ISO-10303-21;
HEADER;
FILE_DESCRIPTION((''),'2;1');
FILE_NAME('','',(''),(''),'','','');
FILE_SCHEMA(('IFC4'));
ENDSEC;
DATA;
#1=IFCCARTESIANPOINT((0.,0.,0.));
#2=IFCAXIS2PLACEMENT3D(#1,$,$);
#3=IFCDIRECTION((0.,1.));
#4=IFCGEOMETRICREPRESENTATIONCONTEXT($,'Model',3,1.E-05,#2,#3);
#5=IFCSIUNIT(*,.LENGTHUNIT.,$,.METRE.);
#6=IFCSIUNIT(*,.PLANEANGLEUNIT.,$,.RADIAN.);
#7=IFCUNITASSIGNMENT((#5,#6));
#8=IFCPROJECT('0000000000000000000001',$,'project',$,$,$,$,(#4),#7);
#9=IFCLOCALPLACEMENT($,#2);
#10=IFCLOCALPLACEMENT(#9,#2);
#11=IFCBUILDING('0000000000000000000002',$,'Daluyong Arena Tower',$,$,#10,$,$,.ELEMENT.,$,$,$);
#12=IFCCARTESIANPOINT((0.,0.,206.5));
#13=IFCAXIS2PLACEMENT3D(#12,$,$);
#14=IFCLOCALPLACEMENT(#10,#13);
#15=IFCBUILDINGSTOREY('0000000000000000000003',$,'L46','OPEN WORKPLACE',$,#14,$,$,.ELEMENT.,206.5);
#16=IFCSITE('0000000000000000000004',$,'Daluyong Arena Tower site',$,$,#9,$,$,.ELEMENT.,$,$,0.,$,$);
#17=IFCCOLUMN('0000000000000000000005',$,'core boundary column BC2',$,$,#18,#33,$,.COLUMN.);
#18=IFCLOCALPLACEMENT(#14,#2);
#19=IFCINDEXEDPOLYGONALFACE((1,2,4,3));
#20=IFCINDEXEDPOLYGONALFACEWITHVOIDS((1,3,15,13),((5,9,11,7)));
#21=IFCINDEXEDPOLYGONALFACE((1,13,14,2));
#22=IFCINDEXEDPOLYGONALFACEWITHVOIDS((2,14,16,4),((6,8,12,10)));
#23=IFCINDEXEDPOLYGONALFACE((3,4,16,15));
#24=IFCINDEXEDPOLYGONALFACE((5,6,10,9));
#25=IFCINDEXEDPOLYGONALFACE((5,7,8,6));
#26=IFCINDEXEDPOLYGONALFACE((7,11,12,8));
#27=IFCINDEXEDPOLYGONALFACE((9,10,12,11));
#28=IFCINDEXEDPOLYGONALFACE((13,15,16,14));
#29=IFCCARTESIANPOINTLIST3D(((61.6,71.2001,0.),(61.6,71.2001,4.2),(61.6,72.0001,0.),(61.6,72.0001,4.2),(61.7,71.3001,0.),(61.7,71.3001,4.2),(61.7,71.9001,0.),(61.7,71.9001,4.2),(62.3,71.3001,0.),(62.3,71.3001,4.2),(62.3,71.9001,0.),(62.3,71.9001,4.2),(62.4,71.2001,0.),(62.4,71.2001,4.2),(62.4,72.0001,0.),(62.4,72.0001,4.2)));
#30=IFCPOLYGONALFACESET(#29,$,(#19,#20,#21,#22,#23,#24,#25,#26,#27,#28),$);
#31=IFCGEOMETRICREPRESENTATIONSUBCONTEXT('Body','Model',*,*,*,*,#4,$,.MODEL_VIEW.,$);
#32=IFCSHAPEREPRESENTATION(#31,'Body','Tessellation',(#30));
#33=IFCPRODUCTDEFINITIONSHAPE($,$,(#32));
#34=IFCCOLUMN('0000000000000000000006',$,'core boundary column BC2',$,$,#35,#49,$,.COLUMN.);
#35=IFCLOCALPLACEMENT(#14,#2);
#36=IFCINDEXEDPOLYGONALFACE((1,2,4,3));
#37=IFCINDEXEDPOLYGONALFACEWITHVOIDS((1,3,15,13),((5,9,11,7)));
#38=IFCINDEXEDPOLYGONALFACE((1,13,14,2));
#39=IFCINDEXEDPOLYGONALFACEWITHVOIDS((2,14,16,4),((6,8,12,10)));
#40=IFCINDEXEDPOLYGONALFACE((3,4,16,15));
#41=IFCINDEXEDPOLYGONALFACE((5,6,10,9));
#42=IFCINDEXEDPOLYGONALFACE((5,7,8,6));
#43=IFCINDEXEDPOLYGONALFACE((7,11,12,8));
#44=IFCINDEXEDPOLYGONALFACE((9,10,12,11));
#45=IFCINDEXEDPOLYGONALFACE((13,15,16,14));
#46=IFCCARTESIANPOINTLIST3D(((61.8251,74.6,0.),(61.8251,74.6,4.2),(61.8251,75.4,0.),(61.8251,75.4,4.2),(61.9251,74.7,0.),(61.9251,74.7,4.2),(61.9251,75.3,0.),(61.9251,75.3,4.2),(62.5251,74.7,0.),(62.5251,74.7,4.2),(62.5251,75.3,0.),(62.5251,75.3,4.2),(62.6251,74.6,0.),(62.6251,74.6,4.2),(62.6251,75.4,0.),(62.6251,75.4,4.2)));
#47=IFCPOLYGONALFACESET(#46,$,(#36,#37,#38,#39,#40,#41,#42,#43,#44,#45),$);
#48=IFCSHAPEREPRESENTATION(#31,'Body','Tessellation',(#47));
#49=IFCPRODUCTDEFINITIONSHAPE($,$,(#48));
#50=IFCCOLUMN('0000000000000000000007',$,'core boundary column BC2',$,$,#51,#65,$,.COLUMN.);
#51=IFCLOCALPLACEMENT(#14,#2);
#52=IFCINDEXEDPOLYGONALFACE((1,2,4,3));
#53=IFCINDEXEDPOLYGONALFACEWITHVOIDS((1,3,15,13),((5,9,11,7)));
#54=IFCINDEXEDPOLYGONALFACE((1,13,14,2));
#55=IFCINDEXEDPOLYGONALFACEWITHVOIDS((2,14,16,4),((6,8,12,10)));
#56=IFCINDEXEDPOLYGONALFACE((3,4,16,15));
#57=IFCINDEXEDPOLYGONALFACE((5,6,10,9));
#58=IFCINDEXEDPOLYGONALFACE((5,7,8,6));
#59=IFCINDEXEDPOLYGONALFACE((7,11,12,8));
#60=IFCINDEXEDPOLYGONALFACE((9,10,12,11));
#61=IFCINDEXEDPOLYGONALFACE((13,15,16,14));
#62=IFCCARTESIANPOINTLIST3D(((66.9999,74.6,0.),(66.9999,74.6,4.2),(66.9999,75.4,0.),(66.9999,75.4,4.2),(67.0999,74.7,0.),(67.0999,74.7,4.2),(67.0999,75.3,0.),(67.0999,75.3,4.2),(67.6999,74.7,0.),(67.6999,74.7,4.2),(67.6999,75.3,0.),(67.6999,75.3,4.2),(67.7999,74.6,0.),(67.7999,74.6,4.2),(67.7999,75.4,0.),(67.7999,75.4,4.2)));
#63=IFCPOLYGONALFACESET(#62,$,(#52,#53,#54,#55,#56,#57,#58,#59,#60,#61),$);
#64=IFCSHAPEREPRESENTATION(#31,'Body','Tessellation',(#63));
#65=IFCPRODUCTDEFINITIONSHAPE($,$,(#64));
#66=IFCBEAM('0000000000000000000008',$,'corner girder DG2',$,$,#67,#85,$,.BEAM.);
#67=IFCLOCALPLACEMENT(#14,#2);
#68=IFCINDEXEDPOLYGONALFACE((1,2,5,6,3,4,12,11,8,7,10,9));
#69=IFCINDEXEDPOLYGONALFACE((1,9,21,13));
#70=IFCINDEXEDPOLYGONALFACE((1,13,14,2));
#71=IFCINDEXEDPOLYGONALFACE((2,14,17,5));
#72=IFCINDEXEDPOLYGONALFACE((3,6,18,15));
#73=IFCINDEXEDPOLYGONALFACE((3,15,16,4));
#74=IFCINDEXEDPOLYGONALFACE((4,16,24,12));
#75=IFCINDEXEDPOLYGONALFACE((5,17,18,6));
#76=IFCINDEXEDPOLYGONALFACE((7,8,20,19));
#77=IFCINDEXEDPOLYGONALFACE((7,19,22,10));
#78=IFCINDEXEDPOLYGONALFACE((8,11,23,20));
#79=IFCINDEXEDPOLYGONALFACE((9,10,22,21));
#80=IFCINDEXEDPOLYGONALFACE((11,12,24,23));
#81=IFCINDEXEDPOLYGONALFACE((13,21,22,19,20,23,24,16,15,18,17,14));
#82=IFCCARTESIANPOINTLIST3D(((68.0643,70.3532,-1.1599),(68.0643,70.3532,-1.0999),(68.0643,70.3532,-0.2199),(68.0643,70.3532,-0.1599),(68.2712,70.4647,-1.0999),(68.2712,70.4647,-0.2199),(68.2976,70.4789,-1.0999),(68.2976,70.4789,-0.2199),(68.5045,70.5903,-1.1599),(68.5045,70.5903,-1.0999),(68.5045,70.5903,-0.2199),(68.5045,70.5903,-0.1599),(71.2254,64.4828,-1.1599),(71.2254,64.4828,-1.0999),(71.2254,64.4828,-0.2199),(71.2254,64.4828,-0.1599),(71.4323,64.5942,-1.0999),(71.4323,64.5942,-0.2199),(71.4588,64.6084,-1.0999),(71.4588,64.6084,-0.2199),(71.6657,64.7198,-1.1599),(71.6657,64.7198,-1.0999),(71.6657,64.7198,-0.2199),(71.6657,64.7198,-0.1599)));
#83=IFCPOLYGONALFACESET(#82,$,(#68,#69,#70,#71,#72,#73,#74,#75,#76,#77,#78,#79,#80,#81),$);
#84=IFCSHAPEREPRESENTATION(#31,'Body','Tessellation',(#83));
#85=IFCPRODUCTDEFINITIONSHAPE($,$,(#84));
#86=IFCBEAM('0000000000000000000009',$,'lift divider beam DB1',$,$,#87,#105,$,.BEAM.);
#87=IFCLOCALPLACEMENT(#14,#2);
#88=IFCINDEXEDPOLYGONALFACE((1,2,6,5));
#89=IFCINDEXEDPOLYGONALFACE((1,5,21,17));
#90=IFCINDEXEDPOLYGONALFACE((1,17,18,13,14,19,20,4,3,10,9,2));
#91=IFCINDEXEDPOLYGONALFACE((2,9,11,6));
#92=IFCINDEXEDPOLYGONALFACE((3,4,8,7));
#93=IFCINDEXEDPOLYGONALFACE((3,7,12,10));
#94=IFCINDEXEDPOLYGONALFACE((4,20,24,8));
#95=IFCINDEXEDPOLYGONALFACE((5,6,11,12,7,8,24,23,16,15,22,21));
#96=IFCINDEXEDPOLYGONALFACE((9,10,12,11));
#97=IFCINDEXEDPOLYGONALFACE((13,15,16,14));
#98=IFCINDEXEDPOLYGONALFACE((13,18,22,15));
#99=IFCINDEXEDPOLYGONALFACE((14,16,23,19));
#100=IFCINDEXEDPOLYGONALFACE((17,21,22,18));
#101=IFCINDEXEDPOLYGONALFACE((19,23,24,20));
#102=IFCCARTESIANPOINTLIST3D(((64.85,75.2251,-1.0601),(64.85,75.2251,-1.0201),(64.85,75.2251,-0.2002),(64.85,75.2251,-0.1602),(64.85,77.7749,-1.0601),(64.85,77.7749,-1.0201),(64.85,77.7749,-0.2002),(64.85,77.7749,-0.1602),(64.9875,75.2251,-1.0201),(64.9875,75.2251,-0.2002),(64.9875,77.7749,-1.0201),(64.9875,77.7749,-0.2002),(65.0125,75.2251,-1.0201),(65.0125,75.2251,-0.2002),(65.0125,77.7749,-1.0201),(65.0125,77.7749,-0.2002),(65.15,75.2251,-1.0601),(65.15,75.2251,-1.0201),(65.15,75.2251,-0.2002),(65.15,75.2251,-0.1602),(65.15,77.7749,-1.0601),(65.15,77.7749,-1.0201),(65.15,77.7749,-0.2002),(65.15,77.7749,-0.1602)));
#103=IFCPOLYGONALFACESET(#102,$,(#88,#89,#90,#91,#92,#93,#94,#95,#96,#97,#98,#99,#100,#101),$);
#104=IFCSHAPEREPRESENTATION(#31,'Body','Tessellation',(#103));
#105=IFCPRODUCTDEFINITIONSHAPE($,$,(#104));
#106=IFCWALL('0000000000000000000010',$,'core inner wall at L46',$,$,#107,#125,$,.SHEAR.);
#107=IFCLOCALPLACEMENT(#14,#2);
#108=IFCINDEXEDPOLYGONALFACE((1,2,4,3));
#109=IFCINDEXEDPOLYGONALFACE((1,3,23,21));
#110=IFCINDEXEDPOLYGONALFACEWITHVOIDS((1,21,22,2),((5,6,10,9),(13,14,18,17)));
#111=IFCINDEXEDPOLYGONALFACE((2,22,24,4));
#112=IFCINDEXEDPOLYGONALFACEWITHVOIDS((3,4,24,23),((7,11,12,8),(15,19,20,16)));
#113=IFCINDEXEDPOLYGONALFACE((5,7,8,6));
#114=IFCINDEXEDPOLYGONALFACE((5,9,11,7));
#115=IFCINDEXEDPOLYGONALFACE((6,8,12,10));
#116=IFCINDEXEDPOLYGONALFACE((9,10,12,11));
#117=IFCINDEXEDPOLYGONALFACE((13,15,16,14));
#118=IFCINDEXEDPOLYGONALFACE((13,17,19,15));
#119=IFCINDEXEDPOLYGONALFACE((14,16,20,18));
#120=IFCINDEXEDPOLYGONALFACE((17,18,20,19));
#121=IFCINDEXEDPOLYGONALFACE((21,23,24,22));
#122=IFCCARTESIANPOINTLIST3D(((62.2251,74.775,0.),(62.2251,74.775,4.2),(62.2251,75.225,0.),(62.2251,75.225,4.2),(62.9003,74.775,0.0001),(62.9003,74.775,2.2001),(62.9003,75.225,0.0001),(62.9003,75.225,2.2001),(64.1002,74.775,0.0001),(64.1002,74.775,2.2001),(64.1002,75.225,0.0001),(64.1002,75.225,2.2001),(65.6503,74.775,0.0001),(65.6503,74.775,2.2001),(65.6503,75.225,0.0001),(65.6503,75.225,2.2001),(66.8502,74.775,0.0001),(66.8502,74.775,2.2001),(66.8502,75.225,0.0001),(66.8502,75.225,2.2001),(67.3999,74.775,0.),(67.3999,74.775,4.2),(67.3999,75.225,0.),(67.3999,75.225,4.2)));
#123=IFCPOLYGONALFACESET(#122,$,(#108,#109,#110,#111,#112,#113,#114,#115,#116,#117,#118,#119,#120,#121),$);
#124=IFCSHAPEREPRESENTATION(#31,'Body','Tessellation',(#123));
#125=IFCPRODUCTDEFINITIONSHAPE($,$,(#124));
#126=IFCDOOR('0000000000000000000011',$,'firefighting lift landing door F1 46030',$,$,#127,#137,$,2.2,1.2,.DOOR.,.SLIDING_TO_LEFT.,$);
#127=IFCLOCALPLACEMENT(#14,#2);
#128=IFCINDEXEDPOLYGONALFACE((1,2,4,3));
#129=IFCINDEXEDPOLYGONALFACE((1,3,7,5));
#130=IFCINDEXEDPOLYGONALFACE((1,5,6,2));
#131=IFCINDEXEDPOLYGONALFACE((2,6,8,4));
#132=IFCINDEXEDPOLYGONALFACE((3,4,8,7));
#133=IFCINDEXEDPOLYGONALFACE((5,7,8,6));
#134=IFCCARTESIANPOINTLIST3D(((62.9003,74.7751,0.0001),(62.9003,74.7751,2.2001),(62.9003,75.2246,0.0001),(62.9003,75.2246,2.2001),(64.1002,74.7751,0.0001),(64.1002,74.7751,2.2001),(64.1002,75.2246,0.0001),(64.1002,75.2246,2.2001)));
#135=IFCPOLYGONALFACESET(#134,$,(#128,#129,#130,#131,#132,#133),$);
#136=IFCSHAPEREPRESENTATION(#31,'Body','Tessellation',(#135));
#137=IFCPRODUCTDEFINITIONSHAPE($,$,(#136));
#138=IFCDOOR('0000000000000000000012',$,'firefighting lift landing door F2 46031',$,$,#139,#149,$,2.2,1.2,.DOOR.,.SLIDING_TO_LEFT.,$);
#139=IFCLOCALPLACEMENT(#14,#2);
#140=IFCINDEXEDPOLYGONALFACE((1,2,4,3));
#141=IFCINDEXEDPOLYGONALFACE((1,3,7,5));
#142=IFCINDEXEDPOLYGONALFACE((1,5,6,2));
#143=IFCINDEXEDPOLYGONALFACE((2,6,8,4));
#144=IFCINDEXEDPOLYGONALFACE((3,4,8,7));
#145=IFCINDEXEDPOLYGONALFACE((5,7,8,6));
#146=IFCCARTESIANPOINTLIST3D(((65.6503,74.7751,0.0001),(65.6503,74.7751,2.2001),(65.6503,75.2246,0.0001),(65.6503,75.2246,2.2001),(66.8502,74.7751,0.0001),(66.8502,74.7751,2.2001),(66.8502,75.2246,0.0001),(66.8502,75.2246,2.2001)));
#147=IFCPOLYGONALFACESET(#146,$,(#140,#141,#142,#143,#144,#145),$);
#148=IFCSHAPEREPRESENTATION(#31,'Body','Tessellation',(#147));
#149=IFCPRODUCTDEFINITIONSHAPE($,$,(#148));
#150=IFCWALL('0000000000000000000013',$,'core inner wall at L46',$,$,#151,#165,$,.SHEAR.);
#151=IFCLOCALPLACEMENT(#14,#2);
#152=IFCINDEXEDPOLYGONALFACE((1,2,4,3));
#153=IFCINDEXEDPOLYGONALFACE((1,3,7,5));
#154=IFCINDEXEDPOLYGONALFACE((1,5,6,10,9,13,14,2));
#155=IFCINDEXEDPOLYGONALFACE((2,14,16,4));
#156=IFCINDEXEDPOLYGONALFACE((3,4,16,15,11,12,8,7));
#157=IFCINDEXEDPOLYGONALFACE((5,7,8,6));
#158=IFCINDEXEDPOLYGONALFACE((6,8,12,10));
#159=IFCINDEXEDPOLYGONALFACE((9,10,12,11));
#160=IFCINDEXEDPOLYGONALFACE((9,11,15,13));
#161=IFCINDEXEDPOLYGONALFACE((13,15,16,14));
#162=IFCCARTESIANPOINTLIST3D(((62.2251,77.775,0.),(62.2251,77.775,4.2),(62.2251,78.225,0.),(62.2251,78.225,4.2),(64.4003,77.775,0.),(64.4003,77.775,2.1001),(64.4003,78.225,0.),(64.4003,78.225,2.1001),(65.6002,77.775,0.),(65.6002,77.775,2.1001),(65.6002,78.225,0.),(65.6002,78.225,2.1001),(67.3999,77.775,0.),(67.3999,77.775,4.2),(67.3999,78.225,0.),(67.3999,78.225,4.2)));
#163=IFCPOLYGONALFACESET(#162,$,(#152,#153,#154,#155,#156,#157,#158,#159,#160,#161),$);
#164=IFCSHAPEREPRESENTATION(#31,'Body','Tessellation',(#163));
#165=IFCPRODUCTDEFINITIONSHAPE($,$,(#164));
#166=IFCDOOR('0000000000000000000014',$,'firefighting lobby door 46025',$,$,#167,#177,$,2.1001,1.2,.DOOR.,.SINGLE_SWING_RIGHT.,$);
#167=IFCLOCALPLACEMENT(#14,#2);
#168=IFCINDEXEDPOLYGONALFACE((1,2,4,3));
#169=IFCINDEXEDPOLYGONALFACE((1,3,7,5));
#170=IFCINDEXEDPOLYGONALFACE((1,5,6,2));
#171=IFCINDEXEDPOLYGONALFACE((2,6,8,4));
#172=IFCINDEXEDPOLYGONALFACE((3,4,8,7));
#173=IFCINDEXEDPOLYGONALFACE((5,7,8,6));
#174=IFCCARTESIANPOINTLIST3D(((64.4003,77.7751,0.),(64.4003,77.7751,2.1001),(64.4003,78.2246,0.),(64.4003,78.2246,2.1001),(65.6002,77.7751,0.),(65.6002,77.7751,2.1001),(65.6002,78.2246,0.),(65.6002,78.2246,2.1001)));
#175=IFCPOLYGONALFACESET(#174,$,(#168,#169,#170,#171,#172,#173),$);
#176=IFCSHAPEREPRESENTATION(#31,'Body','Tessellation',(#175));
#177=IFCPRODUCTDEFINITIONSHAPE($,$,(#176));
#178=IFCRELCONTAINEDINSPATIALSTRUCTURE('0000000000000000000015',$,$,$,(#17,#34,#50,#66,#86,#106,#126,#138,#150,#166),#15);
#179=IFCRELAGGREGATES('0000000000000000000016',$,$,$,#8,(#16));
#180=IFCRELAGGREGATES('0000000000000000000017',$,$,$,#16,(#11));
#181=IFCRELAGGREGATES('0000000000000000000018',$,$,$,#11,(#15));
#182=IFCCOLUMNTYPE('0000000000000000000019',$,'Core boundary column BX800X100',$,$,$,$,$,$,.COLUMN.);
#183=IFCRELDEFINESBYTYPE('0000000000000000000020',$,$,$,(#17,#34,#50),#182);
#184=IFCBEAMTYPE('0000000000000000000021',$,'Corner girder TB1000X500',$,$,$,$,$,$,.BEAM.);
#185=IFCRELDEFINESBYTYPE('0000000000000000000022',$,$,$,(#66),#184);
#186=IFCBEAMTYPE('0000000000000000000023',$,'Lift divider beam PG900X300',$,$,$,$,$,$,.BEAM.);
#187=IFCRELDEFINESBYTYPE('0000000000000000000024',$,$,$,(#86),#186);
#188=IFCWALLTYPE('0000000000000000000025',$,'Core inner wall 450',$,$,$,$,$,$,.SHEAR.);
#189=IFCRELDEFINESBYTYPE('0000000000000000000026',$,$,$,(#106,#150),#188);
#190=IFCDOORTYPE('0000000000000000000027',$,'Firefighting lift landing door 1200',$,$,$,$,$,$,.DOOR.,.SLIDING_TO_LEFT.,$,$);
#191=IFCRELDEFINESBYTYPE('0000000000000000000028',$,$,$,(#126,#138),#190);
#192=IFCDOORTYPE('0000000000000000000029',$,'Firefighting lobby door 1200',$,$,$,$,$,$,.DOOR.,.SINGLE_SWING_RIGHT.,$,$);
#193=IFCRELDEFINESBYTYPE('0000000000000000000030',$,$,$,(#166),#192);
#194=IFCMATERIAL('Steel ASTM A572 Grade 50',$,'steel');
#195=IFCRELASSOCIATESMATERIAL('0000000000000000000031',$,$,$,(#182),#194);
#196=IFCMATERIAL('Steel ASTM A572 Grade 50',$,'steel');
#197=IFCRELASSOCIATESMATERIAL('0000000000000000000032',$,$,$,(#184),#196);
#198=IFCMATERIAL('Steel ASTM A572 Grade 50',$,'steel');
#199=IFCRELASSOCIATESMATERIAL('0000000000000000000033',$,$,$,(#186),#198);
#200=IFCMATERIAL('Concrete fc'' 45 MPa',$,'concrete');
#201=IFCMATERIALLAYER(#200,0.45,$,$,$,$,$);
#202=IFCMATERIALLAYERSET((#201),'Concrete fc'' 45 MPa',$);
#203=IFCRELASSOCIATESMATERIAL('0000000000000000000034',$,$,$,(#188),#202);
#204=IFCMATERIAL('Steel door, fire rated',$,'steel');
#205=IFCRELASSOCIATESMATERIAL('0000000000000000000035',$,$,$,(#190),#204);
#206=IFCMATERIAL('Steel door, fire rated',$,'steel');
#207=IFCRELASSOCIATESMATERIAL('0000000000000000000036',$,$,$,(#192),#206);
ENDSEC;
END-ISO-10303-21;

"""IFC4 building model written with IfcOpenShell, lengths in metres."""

from ifc_helpers import new_model, si_unit, direction, frame, frame_2d, origin, origin_2d, place, context, subcontext, project, spatial, rectangle, hollow_rectangle, i_section, extrude, material, layer, layer_set, material_profile, profile_set, type_object, element, fill, save


model = new_model("IFC4")

# Units and contexts
model_context = context("Model", 3, precision=1e-05, world=origin(), true_north=direction((0.0, 1.0)))
body_context = subcontext(model_context, "Body", "Model", "MODEL_VIEW")
ifc_project = project(units=[si_unit("LENGTHUNIT", "METRE"), si_unit("PLANEANGLEUNIT", "RADIAN")], contexts=[model_context])

# Site, building, storey
site_placement = place(None, origin())
site = spatial("IfcSite", under=ifc_project, at=site_placement, Name="Daluyong Arena Tower site", CompositionType="ELEMENT", RefElevation=0.0)
building_placement = place(site_placement, origin())
building = spatial("IfcBuilding", under=site, at=building_placement, Name="Daluyong Arena Tower", CompositionType="ELEMENT")
storey_placement = place(building_placement, frame((0.0, 0.0, 206.5)))
storey = spatial("IfcBuildingStorey", under=building, at=storey_placement, Name="L46", Description="OPEN WORKPLACE", CompositionType="ELEMENT", Elevation=206.5)

# Columns
ifc_material_1 = material(Name="Steel ASTM A572 Grade 50", Category="steel")
ifc_material_profile_1 = material_profile(ifc_material_1, hollow_rectangle(XDim=0.8, YDim=0.8, WallThickness=0.1, at=origin_2d()))
ifc_profile_set_1 = profile_set([ifc_material_profile_1], Name="Steel ASTM A572 Grade 50")
column_type = type_object("IfcColumnType", Name="Core boundary column BX800X100", PredefinedType="COLUMN", material=ifc_profile_set_1)
for number, where, z_axis, x_axis, name in (
    (1, (62.0, 71.6001, 0.0), (0.0, 0.0, 1.0), (1.0, 0.0, 0.0), "core boundary column BC2"),
    (2, (62.2251, 75.0, 0.0), (0.0, 0.0, 1.0), (1.0, 0.0, 0.0), "core boundary column BC2"),
    (3, (67.3999, 75.0, 0.0), (0.0, 0.0, 1.0), (1.0, 0.0, 0.0), "core boundary column BC2"),
):
    element("IfcColumn", number, at=place(storey_placement, frame(where, z_axis=z_axis, x_axis=x_axis)), inside=storey, type_object=column_type, Name=name, PredefinedType="COLUMN", context=body_context, shape_type="SweptSolid", body=[
        extrude(hollow_rectangle(XDim=0.8, YDim=0.8, WallThickness=0.1, at=origin_2d()), origin(), (0.0, 0.0, 1.0), 4.2),
    ])

# Beams
ifc_material_2 = material(Name="Steel ASTM A572 Grade 50", Category="steel")
ifc_material_profile_2 = material_profile(ifc_material_2, i_section(OverallWidth=0.5, OverallDepth=1.0, WebThickness=0.03, FlangeThickness=0.06, at=origin_2d()))
ifc_profile_set_2 = profile_set([ifc_material_profile_2], Name="Steel ASTM A572 Grade 50")
beam_type_1 = type_object("IfcBeamType", Name="Corner girder TB1000X500", PredefinedType="BEAM", material=ifc_profile_set_2)
beam_1_placement = place(storey_placement, frame((71.4456, 64.6013, -0.6599), z_axis=(-0.474119, 0.880461, 0.0), x_axis=(-0.880461, -0.474119, 0.0)))
element("IfcBeam", 4, at=beam_1_placement, inside=storey, type_object=beam_type_1, Name="corner girder DG2", PredefinedType="BEAM", context=body_context, shape_type="SweptSolid", body=[
    extrude(i_section(OverallWidth=0.5, OverallDepth=1.0, WebThickness=0.03, FlangeThickness=0.06, at=origin_2d()), origin(), (0.0, 0.0, 1.0), 6.6675),
])
ifc_material_3 = material(Name="Steel ASTM A572 Grade 50", Category="steel")
ifc_material_profile_3 = material_profile(ifc_material_3, i_section(OverallWidth=0.3, OverallDepth=0.8999, WebThickness=0.025, FlangeThickness=0.04, at=origin_2d()))
ifc_profile_set_3 = profile_set([ifc_material_profile_3], Name="Steel ASTM A572 Grade 50")
beam_type_2 = type_object("IfcBeamType", Name="Lift divider beam PG900X300", PredefinedType="BEAM", material=ifc_profile_set_3)
beam_2_placement = place(storey_placement, frame((65.0, 75.2251, -0.6101), z_axis=(0.0, 1.0, 0.0), x_axis=(-1.0, 0.0, 0.0)))
element("IfcBeam", 5, at=beam_2_placement, inside=storey, type_object=beam_type_2, Name="lift divider beam DB1", PredefinedType="BEAM", context=body_context, shape_type="SweptSolid", body=[
    extrude(i_section(OverallWidth=0.3, OverallDepth=0.8999, WebThickness=0.025, FlangeThickness=0.04, at=origin_2d()), origin(), (0.0, 0.0, 1.0), 2.5498),
])

# Shared definitions
ifc_material_4 = material(Name="Concrete fc' 45 MPa", Category="concrete")
ifc_layer_1 = layer(ifc_material_4, 0.45)
ifc_layer_set_1 = layer_set([ifc_layer_1], Name="Concrete fc' 45 MPa")
wall_type_1 = type_object("IfcWallType", Name="Core inner wall 450", PredefinedType="SHEAR", material=ifc_layer_set_1)

# Wall, openings, doors
wall_1_placement = place(storey_placement, frame((62.2251, 75.0, 0.0), z_axis=(0.0, 0.0, 1.0), x_axis=(1.0, 0.0, 0.0)))
wall_1 = element("IfcWall", 6, at=wall_1_placement, inside=storey, type_object=wall_type_1, Name="core inner wall at L46", PredefinedType="SHEAR", context=body_context, shape_type="SweptSolid", body=[
    extrude(rectangle(XDim=5.1748, YDim=0.45, at=frame_2d((2.5874, 0.0))), origin(), (0.0, 0.0, 1.0), 4.2),
])
opening_1_placement = place(wall_1_placement, frame((0.675, 0.0, 0.0)))
opening_1 = element("IfcOpeningElement", 7, at=opening_1_placement, cuts=wall_1, PredefinedType="OPENING", context=body_context, shape_type="SweptSolid", body=[
    extrude(rectangle(XDim=1.2, YDim=2.2, at=frame_2d((0.6001, 1.1001))), frame((0.0, 0.2349, 0.0), z_axis=(0.0, -1.0, 0.0), x_axis=(1.0, 0.0, 0.0)), (0.0, 0.0, 1.0), 0.47),
])
opening_2_placement = place(wall_1_placement, frame((3.425, 0.0, 0.0)))
opening_2 = element("IfcOpeningElement", 8, at=opening_2_placement, cuts=wall_1, PredefinedType="OPENING", context=body_context, shape_type="SweptSolid", body=[
    extrude(rectangle(XDim=1.2, YDim=2.2, at=frame_2d((0.6001, 1.1001))), frame((0.0, 0.2349, 0.0), z_axis=(0.0, -1.0, 0.0), x_axis=(1.0, 0.0, 0.0)), (0.0, 0.0, 1.0), 0.47),
])
ifc_material_5 = material(Name="Steel door, fire rated", Category="steel")
door_type_1 = type_object("IfcDoorType", Name="Firefighting lift landing door 1200", OperationType="SLIDING_TO_LEFT", PredefinedType="DOOR", material=ifc_material_5)
door_1_placement = place(opening_1_placement, origin())
door_1 = element("IfcDoor", 9, at=door_1_placement, inside=storey, type_object=door_type_1, Name="firefighting lift landing door F1 46030", OperationType="SLIDING_TO_LEFT", OverallHeight=2.2, OverallWidth=1.2, PredefinedType="DOOR", context=body_context, shape_type="SweptSolid", body=[
    extrude(rectangle(XDim=1.2, YDim=2.2, at=frame_2d((0.6001, 1.1001))), frame((0.0, 0.2246, 0.0), z_axis=(0.0, -1.0, 0.0), x_axis=(1.0, 0.0, 0.0)), (0.0, 0.0, 1.0), 0.4495),
])
fill(opening_1, door_1)
door_2_placement = place(opening_2_placement, origin())
door_2 = element("IfcDoor", 10, at=door_2_placement, inside=storey, type_object=door_type_1, Name="firefighting lift landing door F2 46031", OperationType="SLIDING_TO_LEFT", OverallHeight=2.2, OverallWidth=1.2, PredefinedType="DOOR", context=body_context, shape_type="SweptSolid", body=[
    extrude(rectangle(XDim=1.2, YDim=2.2, at=frame_2d((0.6001, 1.1001))), frame((0.0, 0.2246, 0.0), z_axis=(0.0, -1.0, 0.0), x_axis=(1.0, 0.0, 0.0)), (0.0, 0.0, 1.0), 0.4495),
])
fill(opening_2, door_2)

# Wall, opening, door
wall_2_placement = place(storey_placement, frame((62.2251, 78.0, 0.0), z_axis=(0.0, 0.0, 1.0), x_axis=(1.0, 0.0, 0.0)))
wall_2 = element("IfcWall", 11, at=wall_2_placement, inside=storey, type_object=wall_type_1, Name="core inner wall at L46", PredefinedType="SHEAR", context=body_context, shape_type="SweptSolid", body=[
    extrude(rectangle(XDim=5.1748, YDim=0.45, at=frame_2d((2.5874, 0.0))), origin(), (0.0, 0.0, 1.0), 4.2),
])
opening_3_placement = place(wall_2_placement, frame((2.175, 0.0, 0.0)))
opening_3 = element("IfcOpeningElement", 12, at=opening_3_placement, cuts=wall_2, PredefinedType="OPENING", context=body_context, shape_type="SweptSolid", body=[
    extrude(rectangle(XDim=1.2, YDim=2.1001, at=frame_2d((0.6001, 1.05))), frame((0.0, 0.2349, 0.0), z_axis=(0.0, -1.0, 0.0), x_axis=(1.0, 0.0, 0.0)), (0.0, 0.0, 1.0), 0.47),
])
ifc_material_6 = material(Name="Steel door, fire rated", Category="steel")
door_type_2 = type_object("IfcDoorType", Name="Firefighting lobby door 1200", OperationType="SINGLE_SWING_RIGHT", PredefinedType="DOOR", material=ifc_material_6)
door_3_placement = place(opening_3_placement, origin())
door_3 = element("IfcDoor", 13, at=door_3_placement, inside=storey, type_object=door_type_2, Name="firefighting lobby door 46025", OperationType="SINGLE_SWING_RIGHT", OverallHeight=2.1001, OverallWidth=1.2, PredefinedType="DOOR", context=body_context, shape_type="SweptSolid", body=[
    extrude(rectangle(XDim=1.2, YDim=2.1001, at=frame_2d((0.6001, 1.05))), frame((0.0, 0.2246, 0.0), z_axis=(0.0, -1.0, 0.0), x_axis=(1.0, 0.0, 0.0)), (0.0, 0.0, 1.0), 0.4495),
])
fill(opening_3, door_3)

save(model, "model.ifc")
